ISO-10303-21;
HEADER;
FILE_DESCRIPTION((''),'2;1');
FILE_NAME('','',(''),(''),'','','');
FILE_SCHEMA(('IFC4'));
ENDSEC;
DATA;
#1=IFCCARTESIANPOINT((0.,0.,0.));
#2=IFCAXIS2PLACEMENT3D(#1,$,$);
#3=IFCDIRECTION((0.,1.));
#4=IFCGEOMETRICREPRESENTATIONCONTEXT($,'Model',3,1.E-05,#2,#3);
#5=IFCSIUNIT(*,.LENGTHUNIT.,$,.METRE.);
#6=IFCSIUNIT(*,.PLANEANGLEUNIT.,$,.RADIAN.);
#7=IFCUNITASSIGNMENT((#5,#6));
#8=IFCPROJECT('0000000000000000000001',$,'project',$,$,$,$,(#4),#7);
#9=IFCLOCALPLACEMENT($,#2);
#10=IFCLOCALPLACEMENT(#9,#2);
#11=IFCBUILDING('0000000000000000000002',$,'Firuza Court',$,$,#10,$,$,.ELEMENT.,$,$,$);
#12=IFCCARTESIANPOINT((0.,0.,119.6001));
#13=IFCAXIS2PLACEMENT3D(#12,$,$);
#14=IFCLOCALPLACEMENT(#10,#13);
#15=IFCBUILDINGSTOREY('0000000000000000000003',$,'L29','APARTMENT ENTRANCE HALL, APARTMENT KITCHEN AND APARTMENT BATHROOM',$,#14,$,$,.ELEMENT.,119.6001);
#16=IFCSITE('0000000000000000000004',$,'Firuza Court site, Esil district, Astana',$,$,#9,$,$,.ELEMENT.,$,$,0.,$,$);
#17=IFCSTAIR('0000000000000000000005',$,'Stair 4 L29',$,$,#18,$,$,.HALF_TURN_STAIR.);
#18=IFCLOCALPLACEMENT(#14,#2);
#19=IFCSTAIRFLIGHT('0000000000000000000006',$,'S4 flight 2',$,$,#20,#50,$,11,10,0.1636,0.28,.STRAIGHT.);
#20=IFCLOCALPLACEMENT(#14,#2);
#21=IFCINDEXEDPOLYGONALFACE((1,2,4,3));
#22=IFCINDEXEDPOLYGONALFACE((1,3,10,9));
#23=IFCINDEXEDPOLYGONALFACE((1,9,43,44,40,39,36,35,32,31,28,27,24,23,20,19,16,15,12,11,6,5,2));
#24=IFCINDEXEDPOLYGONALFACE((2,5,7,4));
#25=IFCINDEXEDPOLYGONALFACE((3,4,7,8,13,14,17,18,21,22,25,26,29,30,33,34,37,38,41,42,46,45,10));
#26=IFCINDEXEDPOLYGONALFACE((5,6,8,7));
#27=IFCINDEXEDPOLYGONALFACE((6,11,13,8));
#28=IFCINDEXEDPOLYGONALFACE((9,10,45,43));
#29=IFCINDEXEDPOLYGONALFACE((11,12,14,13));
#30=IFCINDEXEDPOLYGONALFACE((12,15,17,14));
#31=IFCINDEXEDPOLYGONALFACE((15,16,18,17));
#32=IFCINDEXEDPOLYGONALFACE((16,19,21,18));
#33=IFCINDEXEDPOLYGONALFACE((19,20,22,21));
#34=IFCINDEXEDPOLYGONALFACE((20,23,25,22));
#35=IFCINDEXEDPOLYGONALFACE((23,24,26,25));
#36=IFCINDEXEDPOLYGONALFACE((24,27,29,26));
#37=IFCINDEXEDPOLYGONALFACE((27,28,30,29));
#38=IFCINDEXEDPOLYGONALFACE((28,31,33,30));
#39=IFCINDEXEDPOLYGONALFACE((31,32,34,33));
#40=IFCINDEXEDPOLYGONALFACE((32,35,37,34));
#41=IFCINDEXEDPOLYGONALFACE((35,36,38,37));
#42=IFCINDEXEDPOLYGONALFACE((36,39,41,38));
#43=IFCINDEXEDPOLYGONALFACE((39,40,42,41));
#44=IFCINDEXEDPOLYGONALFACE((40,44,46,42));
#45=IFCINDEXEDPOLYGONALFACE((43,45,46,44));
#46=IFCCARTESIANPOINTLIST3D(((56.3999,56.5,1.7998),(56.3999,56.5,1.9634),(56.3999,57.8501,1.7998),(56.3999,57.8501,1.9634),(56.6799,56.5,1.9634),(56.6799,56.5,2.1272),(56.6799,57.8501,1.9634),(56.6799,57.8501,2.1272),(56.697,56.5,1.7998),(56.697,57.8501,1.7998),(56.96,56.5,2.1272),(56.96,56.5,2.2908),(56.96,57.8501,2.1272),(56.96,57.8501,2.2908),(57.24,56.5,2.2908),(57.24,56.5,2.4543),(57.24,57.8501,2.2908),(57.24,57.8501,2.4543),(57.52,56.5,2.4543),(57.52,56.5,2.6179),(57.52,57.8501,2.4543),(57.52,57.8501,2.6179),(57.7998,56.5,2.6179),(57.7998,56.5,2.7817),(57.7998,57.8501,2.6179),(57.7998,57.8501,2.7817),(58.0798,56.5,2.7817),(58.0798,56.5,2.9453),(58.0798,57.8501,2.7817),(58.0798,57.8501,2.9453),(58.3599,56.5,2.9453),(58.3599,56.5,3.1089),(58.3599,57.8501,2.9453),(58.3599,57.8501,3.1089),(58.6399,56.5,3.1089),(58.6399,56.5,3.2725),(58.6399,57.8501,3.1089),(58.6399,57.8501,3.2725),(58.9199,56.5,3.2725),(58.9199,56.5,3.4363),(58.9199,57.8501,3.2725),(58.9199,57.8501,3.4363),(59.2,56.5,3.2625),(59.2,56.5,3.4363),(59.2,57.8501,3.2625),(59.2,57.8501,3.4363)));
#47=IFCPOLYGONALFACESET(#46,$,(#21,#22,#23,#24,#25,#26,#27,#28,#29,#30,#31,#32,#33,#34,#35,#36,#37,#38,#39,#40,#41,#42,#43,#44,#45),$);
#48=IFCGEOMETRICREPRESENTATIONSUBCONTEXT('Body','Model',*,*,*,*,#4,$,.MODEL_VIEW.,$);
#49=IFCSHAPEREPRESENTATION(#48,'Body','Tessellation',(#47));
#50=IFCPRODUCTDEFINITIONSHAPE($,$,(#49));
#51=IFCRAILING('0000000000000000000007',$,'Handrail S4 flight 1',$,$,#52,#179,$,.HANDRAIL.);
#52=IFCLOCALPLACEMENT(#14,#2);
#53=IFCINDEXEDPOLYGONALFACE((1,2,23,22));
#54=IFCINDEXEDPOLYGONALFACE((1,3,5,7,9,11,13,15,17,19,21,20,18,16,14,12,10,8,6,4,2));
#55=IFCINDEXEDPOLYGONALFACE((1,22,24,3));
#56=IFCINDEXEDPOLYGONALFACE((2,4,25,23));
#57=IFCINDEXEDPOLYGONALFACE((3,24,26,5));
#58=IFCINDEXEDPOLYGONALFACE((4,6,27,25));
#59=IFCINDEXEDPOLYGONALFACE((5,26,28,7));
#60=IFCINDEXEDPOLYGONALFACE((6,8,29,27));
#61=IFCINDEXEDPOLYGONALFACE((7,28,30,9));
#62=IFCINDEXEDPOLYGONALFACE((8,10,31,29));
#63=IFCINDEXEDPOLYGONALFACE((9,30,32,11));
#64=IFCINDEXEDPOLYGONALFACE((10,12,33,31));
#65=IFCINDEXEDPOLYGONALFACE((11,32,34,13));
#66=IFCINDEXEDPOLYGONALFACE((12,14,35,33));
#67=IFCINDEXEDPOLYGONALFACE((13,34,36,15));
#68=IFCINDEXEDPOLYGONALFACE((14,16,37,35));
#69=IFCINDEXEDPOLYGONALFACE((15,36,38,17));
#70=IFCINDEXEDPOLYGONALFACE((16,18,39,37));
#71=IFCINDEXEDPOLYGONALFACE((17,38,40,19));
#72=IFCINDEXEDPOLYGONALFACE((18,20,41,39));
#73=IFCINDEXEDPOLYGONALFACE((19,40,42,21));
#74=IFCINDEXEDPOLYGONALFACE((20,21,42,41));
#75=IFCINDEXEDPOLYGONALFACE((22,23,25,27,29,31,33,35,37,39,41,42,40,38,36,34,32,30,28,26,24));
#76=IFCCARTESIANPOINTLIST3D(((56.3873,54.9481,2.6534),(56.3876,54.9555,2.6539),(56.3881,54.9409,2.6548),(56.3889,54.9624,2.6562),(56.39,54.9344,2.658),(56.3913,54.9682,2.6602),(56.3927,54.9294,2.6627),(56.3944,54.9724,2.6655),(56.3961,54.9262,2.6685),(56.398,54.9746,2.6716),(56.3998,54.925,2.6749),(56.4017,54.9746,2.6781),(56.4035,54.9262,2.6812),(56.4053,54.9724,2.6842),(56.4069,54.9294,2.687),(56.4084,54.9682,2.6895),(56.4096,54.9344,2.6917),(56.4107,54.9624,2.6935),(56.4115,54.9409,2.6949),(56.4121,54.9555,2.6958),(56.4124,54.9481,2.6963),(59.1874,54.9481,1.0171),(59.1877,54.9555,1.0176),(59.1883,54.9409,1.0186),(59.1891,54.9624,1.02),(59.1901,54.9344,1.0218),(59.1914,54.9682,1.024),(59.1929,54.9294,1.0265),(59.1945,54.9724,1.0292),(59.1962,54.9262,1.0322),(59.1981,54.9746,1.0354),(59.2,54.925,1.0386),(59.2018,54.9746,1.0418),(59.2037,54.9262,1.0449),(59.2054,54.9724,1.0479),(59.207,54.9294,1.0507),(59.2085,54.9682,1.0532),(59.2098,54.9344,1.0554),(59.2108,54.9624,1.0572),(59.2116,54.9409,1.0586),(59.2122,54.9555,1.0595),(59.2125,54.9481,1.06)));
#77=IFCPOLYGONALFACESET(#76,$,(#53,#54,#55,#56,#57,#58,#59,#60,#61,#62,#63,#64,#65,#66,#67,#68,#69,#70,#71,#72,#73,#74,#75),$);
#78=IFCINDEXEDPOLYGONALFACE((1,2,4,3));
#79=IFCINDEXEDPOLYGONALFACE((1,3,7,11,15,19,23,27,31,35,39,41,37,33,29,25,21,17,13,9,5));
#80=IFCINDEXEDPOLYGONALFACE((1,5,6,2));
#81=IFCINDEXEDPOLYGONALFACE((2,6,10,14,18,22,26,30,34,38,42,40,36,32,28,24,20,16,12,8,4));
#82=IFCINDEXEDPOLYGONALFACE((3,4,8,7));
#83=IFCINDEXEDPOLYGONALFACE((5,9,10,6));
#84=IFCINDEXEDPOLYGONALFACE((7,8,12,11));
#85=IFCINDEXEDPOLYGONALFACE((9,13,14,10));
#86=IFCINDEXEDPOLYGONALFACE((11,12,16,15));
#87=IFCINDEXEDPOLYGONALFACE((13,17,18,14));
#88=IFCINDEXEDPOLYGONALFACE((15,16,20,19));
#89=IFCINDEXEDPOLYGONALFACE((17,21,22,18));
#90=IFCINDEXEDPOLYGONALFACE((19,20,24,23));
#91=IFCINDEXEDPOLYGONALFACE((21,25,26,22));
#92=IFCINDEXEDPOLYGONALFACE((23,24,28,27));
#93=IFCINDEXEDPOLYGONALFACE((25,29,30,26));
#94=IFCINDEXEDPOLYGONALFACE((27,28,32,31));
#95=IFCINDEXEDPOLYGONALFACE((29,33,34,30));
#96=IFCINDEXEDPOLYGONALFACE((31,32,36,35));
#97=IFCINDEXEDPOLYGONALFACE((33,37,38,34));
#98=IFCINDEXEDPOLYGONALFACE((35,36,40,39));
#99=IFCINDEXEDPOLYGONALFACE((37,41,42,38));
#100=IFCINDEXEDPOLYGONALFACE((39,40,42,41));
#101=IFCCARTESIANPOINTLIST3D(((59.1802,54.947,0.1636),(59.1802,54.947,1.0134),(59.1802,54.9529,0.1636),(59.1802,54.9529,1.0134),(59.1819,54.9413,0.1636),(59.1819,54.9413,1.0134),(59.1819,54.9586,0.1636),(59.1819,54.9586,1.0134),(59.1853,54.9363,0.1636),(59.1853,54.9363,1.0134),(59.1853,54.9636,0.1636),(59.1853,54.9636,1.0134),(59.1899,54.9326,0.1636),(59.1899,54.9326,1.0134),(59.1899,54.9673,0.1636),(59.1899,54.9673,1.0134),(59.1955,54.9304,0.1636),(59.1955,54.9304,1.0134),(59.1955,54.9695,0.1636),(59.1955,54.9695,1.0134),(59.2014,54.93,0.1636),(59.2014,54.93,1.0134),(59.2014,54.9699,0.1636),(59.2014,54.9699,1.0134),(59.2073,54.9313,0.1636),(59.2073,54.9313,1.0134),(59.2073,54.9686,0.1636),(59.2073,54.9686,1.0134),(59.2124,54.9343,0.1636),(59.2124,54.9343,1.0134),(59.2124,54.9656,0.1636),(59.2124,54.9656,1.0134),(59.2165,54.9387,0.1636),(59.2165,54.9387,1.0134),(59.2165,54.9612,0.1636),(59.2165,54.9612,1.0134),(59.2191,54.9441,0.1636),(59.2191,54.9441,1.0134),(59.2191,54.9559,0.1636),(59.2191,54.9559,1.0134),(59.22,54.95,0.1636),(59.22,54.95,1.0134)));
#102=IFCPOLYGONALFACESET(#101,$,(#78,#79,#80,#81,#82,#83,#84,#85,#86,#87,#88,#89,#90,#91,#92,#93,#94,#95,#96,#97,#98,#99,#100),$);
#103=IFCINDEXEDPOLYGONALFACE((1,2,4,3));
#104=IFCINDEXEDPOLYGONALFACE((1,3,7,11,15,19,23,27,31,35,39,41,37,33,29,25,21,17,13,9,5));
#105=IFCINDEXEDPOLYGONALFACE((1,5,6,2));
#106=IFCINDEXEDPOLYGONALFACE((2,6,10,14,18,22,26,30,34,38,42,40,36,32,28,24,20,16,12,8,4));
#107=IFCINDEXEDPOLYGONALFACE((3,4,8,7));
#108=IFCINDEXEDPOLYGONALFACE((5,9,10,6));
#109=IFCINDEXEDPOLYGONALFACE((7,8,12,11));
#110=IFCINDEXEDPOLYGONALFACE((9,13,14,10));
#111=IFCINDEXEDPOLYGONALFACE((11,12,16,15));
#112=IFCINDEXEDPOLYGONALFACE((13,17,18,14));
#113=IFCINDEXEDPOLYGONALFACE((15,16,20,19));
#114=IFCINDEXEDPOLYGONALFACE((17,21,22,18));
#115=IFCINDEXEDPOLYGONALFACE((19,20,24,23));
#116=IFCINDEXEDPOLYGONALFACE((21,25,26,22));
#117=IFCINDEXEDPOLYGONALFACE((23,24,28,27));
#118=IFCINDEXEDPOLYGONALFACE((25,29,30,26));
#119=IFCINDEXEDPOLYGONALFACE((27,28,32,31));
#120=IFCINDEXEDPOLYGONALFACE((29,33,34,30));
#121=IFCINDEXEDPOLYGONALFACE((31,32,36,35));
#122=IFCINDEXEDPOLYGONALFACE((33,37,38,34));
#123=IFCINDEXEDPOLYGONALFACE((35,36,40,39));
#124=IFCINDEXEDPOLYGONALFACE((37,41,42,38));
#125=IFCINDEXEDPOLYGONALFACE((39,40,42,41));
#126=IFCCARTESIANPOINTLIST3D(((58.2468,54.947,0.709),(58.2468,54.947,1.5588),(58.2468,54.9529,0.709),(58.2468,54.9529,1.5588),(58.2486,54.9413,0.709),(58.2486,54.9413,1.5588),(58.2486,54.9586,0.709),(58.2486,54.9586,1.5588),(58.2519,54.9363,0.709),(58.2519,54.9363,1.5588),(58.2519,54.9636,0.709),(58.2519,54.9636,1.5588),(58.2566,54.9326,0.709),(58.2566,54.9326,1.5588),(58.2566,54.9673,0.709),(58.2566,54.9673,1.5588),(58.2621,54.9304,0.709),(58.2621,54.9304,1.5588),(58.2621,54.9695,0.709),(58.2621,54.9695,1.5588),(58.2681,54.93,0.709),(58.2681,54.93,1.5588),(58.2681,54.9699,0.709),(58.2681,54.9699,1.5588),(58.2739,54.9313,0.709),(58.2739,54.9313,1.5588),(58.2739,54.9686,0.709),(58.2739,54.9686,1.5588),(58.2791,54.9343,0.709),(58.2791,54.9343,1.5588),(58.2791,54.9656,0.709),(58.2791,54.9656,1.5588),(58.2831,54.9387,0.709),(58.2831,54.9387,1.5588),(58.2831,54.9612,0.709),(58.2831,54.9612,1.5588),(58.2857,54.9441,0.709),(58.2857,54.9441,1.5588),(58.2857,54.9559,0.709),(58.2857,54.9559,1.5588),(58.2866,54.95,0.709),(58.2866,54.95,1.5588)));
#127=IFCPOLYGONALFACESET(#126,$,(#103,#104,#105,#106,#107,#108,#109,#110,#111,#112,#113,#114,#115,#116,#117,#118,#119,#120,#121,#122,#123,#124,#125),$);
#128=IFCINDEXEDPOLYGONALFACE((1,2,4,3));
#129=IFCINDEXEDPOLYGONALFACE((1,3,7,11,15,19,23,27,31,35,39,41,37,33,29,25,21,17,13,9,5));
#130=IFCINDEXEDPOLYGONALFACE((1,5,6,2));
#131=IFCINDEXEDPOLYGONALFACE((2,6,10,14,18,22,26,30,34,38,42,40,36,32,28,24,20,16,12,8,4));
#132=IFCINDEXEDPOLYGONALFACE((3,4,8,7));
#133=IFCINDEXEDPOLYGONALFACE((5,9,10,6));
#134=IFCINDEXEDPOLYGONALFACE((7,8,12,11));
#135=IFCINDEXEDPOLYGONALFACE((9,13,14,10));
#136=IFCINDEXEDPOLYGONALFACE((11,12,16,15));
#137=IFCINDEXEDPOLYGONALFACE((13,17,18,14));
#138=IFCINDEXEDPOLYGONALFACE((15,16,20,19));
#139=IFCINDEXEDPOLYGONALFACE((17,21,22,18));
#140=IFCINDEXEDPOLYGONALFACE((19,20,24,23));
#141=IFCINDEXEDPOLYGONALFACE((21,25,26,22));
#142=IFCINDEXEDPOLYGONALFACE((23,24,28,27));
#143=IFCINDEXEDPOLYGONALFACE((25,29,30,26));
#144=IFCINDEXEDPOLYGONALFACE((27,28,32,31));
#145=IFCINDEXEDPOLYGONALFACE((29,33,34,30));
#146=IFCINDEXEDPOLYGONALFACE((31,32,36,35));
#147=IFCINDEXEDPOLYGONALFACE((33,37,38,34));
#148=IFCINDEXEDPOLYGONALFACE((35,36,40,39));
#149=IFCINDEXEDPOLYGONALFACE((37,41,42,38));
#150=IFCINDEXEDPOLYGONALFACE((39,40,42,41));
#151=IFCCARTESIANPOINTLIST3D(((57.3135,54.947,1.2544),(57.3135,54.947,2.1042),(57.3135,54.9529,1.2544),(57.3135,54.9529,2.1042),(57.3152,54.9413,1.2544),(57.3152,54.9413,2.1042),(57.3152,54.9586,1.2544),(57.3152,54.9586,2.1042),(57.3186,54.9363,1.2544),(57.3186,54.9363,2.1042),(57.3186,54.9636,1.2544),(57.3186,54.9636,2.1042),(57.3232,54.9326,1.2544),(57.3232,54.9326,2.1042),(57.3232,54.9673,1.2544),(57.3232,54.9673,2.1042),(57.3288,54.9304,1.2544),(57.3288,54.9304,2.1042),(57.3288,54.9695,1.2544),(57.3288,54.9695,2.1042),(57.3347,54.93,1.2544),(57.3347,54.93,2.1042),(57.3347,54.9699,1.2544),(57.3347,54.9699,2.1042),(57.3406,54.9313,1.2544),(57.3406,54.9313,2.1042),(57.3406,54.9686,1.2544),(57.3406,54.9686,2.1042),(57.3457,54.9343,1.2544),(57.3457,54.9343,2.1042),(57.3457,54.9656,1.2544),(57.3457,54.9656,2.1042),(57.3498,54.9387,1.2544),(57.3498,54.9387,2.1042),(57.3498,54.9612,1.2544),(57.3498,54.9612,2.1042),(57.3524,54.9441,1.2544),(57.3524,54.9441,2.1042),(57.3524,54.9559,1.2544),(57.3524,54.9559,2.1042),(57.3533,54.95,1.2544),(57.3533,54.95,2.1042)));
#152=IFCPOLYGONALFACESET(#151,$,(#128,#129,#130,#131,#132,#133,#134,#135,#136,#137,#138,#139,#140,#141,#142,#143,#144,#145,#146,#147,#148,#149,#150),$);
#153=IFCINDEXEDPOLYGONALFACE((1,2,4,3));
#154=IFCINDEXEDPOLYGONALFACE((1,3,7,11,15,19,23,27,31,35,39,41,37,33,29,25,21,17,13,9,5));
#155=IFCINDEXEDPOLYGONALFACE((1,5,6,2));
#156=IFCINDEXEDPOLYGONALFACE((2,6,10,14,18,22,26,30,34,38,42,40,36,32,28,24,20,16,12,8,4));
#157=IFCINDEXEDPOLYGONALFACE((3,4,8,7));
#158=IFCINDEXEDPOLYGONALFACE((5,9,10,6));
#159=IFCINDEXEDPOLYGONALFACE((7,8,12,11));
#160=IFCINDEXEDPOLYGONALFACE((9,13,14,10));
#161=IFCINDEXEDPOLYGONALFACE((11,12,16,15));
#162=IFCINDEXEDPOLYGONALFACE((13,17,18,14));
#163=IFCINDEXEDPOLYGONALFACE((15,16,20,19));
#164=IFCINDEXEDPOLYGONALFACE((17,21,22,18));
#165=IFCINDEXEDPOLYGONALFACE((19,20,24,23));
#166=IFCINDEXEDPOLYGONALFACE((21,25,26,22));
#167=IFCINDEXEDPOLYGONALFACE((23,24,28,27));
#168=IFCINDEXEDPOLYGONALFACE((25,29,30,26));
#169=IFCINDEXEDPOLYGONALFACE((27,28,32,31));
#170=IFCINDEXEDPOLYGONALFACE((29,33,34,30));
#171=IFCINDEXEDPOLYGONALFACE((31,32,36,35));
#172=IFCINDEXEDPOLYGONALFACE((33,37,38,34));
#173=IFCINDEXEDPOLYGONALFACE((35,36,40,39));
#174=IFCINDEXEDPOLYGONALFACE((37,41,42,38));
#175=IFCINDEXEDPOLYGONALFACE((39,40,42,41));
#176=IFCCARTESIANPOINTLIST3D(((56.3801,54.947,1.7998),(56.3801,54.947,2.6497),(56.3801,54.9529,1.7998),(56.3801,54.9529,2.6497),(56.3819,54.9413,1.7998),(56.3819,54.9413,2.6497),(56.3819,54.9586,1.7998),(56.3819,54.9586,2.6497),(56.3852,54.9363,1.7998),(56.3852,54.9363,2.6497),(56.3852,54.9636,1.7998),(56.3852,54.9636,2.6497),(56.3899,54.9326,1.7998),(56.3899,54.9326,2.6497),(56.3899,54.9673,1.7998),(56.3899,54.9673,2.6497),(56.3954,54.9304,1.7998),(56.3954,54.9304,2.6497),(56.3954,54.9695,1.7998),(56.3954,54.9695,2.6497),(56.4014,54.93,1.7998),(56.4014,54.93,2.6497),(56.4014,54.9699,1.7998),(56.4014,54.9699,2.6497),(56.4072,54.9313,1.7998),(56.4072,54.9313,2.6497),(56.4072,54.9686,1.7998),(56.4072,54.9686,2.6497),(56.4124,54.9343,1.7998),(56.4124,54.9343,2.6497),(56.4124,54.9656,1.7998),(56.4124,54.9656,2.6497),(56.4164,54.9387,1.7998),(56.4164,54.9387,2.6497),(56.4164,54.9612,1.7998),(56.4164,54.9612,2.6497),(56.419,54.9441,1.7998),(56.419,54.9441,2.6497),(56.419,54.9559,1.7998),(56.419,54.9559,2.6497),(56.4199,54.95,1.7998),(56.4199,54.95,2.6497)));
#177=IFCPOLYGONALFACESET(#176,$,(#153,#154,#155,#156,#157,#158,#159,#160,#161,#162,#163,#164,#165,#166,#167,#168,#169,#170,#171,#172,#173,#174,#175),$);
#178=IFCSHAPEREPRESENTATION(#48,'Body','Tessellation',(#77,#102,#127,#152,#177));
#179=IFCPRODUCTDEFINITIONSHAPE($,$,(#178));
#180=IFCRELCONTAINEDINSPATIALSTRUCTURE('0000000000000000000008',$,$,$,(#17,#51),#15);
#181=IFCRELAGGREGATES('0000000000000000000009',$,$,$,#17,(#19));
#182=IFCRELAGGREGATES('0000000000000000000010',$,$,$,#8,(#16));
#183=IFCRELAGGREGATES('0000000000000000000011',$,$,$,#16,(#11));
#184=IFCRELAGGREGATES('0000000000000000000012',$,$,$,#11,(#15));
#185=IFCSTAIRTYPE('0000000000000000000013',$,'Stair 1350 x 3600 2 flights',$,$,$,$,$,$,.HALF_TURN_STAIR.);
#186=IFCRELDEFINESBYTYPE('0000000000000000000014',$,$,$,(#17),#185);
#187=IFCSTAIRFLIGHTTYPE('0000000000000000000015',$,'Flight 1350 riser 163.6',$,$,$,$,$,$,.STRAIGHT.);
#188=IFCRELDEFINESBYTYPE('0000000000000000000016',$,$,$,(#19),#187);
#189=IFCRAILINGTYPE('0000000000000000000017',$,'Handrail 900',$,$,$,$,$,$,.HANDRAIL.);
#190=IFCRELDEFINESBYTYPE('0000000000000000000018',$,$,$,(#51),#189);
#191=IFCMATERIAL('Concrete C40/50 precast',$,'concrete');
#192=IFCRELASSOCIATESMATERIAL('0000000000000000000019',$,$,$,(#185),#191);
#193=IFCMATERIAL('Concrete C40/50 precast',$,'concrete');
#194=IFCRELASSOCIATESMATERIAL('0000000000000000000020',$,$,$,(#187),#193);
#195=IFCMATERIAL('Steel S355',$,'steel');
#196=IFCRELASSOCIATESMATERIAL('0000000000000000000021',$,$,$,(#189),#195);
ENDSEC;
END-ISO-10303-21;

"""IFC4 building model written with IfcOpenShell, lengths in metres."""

from ifc_helpers import new_model, si_unit, direction, frame, origin, origin_2d, place, context, subcontext, project, spatial, polyline, circle, outline, extrude, material, type_object, element, aggregate, save


model = new_model("IFC4")

# Units and contexts
model_context = context("Model", 3, precision=1e-05, world=origin(), true_north=direction((0.0, 1.0)))
body_context = subcontext(model_context, "Body", "Model", "MODEL_VIEW")
ifc_project = project(units=[si_unit("LENGTHUNIT", "METRE"), si_unit("PLANEANGLEUNIT", "RADIAN")], contexts=[model_context])

# Site, building, storey
site_placement = place(None, origin())
site = spatial("IfcSite", under=ifc_project, at=site_placement, Name="Firuza Court site, Esil district, Astana", CompositionType="ELEMENT", RefElevation=0.0)
building_placement = place(site_placement, origin())
building = spatial("IfcBuilding", under=site, at=building_placement, Name="Firuza Court", CompositionType="ELEMENT")
storey_placement = place(building_placement, frame((0.0, 0.0, 119.6001)))
storey = spatial("IfcBuildingStorey", under=building, at=storey_placement, Name="L29", Description="APARTMENT ENTRANCE HALL, APARTMENT KITCHEN AND APARTMENT BATHROOM", CompositionType="ELEMENT", Elevation=119.6001)

# Stair, stair flight
ifc_material_1 = material(Name="Concrete C40/50 precast", Category="concrete")
stair_type = type_object("IfcStairType", Name="Stair 1350 x 3600 2 flights", PredefinedType="HALF_TURN_STAIR", material=ifc_material_1)
stair_placement = place(storey_placement, origin())
stair = element("IfcStair", 1, at=stair_placement, inside=storey, type_object=stair_type, Name="Stair 4 L29", PredefinedType="HALF_TURN_STAIR")
ifc_material_2 = material(Name="Concrete C40/50 precast", Category="concrete")
stair_flight_type = type_object("IfcStairFlightType", Name="Flight 1350 riser 163.6", PredefinedType="STRAIGHT", material=ifc_material_2)
stair_flight_1_placement = place(storey_placement, frame((56.3999, 57.175, 1.7998), z_axis=(0.0, 0.0, 1.0), x_axis=(1.0, 0.0, 0.0)))
stair_flight_1 = element("IfcStairFlight", 2, at=stair_flight_1_placement, type_object=stair_flight_type, Name="S4 flight 2", NumberOfRisers=11, NumberOfTreads=10, PredefinedType="STRAIGHT", RiserHeight=0.1636, TreadLength=0.28, context=body_context, shape_type="SweptSolid", body=[
    extrude(outline(polyline([(0.0, 0.0), (0.0, 0.1636), (0.28, 0.1636), (0.28, 0.3274), (0.5601, 0.3274), (0.5601, 0.491), (0.8401, 0.491), (0.8401, 0.6545), (1.1201, 0.6545), (1.1201, 0.8181), (1.3999, 0.8181), (1.3999, 0.9819), (1.6799, 0.9819), (1.6799, 1.1455), (1.96, 1.1455), (1.96, 1.3091), (2.24, 1.3091), (2.24, 1.4727), (2.52, 1.4727), (2.52, 1.6365), (2.8, 1.6365), (2.8, 1.8), (2.8, 1.4626), (0.2971, 0.0), (0.0, 0.0)])), frame((0.0, 0.675, 0.0), z_axis=(0.0, -1.0, 0.0), x_axis=(1.0, 0.0, 0.0)), (0.0, 0.0, 1.0), 1.3501),
])
aggregate(stair, [stair_flight_1])

# Railing
ifc_material_3 = material(Name="Steel S355", Category="steel")
railing_type_1 = type_object("IfcRailingType", Name="Handrail 900", PredefinedType="HANDRAIL", material=ifc_material_3)
railing_1_placement = place(storey_placement, frame((59.2, 54.95, 0.1636)))
element("IfcRailing", 3, at=railing_1_placement, inside=storey, type_object=railing_type_1, Name="Handrail S4 flight 1", PredefinedType="HANDRAIL", context=body_context, shape_type="SweptSolid", body=[
    extrude(circle(Radius=0.0249, at=origin_2d()), frame((0.0, 0.0, 0.875), z_axis=(-0.863394, 0.0, 0.504531), x_axis=(0.0, -1.0, 0.0)), (0.0, 0.0, 1.0), 3.2432),
    extrude(circle(Radius=0.02, at=origin_2d()), origin(), (0.0, 0.0, 1.0), 0.8499),
    extrude(circle(Radius=0.02, at=origin_2d()), frame((-0.9333, 0.0, 0.5454)), (0.0, 0.0, 1.0), 0.8499),
    extrude(circle(Radius=0.02, at=origin_2d()), frame((-1.8667, 0.0, 1.0908)), (0.0, 0.0, 1.0), 0.8499),
    extrude(circle(Radius=0.02, at=origin_2d()), frame((-2.8, 0.0, 1.6362)), (0.0, 0.0, 1.0), 0.8499),
])

save(model, "model.ifc")
